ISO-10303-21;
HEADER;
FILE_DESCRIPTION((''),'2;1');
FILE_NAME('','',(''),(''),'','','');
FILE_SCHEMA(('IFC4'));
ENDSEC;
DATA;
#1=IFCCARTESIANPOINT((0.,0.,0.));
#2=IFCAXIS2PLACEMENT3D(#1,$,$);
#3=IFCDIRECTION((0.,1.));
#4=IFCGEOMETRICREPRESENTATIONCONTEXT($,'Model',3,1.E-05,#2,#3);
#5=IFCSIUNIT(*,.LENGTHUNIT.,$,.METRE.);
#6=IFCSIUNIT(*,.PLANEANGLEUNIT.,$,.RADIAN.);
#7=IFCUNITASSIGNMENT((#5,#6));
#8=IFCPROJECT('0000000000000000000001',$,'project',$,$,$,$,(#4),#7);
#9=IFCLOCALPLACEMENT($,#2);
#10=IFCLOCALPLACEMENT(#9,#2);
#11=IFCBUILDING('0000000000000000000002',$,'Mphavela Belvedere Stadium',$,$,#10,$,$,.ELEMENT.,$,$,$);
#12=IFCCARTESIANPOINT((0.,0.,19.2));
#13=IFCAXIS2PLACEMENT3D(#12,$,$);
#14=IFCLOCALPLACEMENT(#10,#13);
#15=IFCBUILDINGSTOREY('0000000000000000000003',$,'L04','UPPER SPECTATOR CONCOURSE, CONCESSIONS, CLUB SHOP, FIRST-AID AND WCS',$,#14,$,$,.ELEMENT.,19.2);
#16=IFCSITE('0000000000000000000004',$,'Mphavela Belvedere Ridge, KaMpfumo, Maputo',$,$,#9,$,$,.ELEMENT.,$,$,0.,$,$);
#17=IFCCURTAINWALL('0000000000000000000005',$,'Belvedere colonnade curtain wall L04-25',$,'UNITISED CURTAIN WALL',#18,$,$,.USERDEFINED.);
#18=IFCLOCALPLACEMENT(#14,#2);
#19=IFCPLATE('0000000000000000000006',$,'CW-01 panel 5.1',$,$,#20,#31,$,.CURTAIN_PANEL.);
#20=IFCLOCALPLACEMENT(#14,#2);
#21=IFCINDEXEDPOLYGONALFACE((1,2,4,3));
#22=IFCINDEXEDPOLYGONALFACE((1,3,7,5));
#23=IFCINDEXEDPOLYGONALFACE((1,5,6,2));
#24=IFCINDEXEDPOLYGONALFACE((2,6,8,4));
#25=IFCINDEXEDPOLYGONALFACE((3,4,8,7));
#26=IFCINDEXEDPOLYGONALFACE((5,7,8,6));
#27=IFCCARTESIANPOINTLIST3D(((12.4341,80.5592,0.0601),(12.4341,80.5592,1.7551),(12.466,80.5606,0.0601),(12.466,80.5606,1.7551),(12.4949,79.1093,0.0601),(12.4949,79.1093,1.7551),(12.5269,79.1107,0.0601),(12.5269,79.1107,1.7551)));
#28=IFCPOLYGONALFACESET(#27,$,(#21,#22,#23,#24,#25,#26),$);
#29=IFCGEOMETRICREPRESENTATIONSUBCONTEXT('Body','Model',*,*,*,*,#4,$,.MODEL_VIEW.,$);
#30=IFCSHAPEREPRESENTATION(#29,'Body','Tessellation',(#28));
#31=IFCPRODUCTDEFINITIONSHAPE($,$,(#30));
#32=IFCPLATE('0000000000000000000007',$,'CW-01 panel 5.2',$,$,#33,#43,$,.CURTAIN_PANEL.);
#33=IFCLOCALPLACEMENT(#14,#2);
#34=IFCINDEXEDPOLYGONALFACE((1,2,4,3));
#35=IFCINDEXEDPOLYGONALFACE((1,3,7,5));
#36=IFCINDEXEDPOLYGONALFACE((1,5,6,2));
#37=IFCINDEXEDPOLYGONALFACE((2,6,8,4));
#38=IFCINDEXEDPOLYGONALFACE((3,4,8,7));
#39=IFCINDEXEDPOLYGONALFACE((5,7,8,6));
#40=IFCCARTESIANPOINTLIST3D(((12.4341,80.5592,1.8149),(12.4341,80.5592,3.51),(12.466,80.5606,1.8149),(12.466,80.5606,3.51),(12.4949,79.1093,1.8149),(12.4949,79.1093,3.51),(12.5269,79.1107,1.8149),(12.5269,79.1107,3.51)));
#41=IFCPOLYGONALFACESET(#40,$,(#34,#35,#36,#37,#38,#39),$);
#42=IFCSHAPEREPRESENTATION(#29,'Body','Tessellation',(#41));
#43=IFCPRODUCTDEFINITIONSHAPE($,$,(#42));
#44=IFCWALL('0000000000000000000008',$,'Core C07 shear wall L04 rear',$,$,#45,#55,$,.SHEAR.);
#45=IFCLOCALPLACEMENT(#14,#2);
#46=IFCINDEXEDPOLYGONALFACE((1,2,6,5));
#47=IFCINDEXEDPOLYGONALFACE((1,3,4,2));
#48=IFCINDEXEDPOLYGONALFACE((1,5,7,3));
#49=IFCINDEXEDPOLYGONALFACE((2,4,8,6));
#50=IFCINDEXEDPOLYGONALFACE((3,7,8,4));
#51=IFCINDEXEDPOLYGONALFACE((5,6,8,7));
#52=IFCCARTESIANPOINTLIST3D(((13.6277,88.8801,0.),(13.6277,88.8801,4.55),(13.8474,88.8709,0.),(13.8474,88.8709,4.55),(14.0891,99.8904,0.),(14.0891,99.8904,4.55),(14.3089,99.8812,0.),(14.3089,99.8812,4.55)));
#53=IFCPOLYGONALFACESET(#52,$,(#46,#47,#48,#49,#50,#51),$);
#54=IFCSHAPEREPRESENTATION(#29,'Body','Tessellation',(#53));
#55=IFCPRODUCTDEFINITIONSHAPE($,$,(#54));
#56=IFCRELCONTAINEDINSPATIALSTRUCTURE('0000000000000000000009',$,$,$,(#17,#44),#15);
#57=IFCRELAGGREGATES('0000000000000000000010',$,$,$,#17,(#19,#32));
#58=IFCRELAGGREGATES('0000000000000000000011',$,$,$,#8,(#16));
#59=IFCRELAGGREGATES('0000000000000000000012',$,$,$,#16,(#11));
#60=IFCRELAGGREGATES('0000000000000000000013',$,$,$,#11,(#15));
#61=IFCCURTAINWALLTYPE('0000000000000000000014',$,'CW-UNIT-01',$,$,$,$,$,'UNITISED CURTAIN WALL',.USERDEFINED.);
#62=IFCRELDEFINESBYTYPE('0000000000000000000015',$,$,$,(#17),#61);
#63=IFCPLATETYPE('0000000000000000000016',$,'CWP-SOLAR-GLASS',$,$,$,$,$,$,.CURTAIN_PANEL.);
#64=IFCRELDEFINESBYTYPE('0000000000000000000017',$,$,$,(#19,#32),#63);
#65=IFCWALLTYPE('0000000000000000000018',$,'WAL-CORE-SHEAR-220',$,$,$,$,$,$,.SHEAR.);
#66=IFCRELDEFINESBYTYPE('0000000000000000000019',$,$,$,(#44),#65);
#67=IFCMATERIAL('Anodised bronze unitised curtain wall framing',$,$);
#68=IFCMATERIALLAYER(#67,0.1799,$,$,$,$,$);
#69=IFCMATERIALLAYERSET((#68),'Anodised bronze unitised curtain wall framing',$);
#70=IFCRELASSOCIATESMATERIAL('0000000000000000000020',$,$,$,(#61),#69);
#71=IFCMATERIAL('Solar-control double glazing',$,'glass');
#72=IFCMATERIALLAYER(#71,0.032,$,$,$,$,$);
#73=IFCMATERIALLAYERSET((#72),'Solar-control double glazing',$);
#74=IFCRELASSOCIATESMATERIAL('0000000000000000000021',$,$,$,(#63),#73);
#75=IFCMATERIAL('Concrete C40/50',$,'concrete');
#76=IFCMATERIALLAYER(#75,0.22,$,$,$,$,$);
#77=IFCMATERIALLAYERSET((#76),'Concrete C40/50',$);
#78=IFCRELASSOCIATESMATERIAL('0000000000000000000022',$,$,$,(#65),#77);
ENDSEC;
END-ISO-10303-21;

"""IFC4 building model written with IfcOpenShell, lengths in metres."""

from ifc_helpers import new_model, si_unit, direction, frame, frame_2d, origin, origin_2d, place, context, subcontext, project, spatial, rectangle, extrude, material, layer, layer_set, type_object, element, aggregate, save


model = new_model("IFC4")

# Units and contexts
model_context = context("Model", 3, precision=1e-05, world=origin(), true_north=direction((0.0, 1.0)))
body_context = subcontext(model_context, "Body", "Model", "MODEL_VIEW")
ifc_project = project(units=[si_unit("LENGTHUNIT", "METRE"), si_unit("PLANEANGLEUNIT", "RADIAN")], contexts=[model_context])

# Site, building, storey
site_placement = place(None, origin())
site = spatial("IfcSite", under=ifc_project, at=site_placement, Name="Mphavela Belvedere Ridge, KaMpfumo, Maputo", CompositionType="ELEMENT", RefElevation=0.0)
building_placement = place(site_placement, origin())
building = spatial("IfcBuilding", under=site, at=building_placement, Name="Mphavela Belvedere Stadium", CompositionType="ELEMENT")
storey_placement = place(building_placement, frame((0.0, 0.0, 19.2)))
storey = spatial("IfcBuildingStorey", under=building, at=storey_placement, Name="L04", Description="UPPER SPECTATOR CONCOURSE, CONCESSIONS, CLUB SHOP, FIRST-AID AND WCS", CompositionType="ELEMENT", Elevation=19.2)

# Curtain wall
ifc_material_1 = material(Name="Anodised bronze unitised curtain wall framing")
ifc_layer_1 = layer(ifc_material_1, 0.1799)
ifc_layer_set_1 = layer_set([ifc_layer_1], Name="Anodised bronze unitised curtain wall framing")
curtain_wall_type_1 = type_object("IfcCurtainWallType", Name="CW-UNIT-01", ElementType="UNITISED CURTAIN WALL", PredefinedType="USERDEFINED", material=ifc_layer_set_1)
curtain_wall_1_placement = place(storey_placement, origin())
curtain_wall_1 = element("IfcCurtainWall", 1, at=curtain_wall_1_placement, inside=storey, type_object=curtain_wall_type_1, Name="Belvedere colonnade curtain wall L04-25", ObjectType="UNITISED CURTAIN WALL", PredefinedType="USERDEFINED")

# Plates
ifc_material_2 = material(Name="Solar-control double glazing", Category="glass")
ifc_layer_2 = layer(ifc_material_2, 0.032)
ifc_layer_set_2 = layer_set([ifc_layer_2], Name="Solar-control double glazing")
plate_type = type_object("IfcPlateType", Name="CWP-SOLAR-GLASS", PredefinedType="CURTAIN_PANEL", material=ifc_layer_set_2)
plate_1_placement = place(storey_placement, frame((12.4805, 79.835, 0.0601), z_axis=(0.0, 0.0, 1.0), x_axis=(0.041905, -0.999122, 0.0)))
plate_1 = element("IfcPlate", 2, at=plate_1_placement, type_object=plate_type, Name="CW-01 panel 5.1", PredefinedType="CURTAIN_PANEL", context=body_context, shape_type="SweptSolid", body=[
    extrude(rectangle(XDim=1.4512, YDim=0.032, at=origin_2d()), origin(), (0.0, 0.0, 1.0), 1.6951),
])
plate_2_placement = place(storey_placement, frame((12.4805, 79.835, 1.8149), z_axis=(0.0, 0.0, 1.0), x_axis=(0.041905, -0.999122, 0.0)))
plate_2 = element("IfcPlate", 3, at=plate_2_placement, type_object=plate_type, Name="CW-01 panel 5.2", PredefinedType="CURTAIN_PANEL", context=body_context, shape_type="SweptSolid", body=[
    extrude(rectangle(XDim=1.4512, YDim=0.032, at=origin_2d()), origin(), (0.0, 0.0, 1.0), 1.6951),
])
aggregate(curtain_wall_1, [plate_1, plate_2])

# Wall
ifc_material_3 = material(Name="Concrete C40/50", Category="concrete")
ifc_layer_3 = layer(ifc_material_3, 0.22)
ifc_layer_set_3 = layer_set([ifc_layer_3], Name="Concrete C40/50")
wall_type = type_object("IfcWallType", Name="WAL-CORE-SHEAR-220", PredefinedType="SHEAR", material=ifc_layer_set_3)
wall_placement = place(storey_placement, frame((13.7375, 88.8755, 0.0), z_axis=(0.0, 0.0, 1.0), x_axis=(0.041872, 0.999123, 0.0)))
element("IfcWall", 4, at=wall_placement, inside=storey, type_object=wall_type, Name="Core C07 shear wall L04 rear", PredefinedType="SHEAR", context=body_context, shape_type="SweptSolid", body=[
    extrude(rectangle(XDim=11.02, YDim=0.22, at=frame_2d((5.51, 0.0))), origin(), (0.0, 0.0, 1.0), 4.55),
])

save(model, "model.ifc")
